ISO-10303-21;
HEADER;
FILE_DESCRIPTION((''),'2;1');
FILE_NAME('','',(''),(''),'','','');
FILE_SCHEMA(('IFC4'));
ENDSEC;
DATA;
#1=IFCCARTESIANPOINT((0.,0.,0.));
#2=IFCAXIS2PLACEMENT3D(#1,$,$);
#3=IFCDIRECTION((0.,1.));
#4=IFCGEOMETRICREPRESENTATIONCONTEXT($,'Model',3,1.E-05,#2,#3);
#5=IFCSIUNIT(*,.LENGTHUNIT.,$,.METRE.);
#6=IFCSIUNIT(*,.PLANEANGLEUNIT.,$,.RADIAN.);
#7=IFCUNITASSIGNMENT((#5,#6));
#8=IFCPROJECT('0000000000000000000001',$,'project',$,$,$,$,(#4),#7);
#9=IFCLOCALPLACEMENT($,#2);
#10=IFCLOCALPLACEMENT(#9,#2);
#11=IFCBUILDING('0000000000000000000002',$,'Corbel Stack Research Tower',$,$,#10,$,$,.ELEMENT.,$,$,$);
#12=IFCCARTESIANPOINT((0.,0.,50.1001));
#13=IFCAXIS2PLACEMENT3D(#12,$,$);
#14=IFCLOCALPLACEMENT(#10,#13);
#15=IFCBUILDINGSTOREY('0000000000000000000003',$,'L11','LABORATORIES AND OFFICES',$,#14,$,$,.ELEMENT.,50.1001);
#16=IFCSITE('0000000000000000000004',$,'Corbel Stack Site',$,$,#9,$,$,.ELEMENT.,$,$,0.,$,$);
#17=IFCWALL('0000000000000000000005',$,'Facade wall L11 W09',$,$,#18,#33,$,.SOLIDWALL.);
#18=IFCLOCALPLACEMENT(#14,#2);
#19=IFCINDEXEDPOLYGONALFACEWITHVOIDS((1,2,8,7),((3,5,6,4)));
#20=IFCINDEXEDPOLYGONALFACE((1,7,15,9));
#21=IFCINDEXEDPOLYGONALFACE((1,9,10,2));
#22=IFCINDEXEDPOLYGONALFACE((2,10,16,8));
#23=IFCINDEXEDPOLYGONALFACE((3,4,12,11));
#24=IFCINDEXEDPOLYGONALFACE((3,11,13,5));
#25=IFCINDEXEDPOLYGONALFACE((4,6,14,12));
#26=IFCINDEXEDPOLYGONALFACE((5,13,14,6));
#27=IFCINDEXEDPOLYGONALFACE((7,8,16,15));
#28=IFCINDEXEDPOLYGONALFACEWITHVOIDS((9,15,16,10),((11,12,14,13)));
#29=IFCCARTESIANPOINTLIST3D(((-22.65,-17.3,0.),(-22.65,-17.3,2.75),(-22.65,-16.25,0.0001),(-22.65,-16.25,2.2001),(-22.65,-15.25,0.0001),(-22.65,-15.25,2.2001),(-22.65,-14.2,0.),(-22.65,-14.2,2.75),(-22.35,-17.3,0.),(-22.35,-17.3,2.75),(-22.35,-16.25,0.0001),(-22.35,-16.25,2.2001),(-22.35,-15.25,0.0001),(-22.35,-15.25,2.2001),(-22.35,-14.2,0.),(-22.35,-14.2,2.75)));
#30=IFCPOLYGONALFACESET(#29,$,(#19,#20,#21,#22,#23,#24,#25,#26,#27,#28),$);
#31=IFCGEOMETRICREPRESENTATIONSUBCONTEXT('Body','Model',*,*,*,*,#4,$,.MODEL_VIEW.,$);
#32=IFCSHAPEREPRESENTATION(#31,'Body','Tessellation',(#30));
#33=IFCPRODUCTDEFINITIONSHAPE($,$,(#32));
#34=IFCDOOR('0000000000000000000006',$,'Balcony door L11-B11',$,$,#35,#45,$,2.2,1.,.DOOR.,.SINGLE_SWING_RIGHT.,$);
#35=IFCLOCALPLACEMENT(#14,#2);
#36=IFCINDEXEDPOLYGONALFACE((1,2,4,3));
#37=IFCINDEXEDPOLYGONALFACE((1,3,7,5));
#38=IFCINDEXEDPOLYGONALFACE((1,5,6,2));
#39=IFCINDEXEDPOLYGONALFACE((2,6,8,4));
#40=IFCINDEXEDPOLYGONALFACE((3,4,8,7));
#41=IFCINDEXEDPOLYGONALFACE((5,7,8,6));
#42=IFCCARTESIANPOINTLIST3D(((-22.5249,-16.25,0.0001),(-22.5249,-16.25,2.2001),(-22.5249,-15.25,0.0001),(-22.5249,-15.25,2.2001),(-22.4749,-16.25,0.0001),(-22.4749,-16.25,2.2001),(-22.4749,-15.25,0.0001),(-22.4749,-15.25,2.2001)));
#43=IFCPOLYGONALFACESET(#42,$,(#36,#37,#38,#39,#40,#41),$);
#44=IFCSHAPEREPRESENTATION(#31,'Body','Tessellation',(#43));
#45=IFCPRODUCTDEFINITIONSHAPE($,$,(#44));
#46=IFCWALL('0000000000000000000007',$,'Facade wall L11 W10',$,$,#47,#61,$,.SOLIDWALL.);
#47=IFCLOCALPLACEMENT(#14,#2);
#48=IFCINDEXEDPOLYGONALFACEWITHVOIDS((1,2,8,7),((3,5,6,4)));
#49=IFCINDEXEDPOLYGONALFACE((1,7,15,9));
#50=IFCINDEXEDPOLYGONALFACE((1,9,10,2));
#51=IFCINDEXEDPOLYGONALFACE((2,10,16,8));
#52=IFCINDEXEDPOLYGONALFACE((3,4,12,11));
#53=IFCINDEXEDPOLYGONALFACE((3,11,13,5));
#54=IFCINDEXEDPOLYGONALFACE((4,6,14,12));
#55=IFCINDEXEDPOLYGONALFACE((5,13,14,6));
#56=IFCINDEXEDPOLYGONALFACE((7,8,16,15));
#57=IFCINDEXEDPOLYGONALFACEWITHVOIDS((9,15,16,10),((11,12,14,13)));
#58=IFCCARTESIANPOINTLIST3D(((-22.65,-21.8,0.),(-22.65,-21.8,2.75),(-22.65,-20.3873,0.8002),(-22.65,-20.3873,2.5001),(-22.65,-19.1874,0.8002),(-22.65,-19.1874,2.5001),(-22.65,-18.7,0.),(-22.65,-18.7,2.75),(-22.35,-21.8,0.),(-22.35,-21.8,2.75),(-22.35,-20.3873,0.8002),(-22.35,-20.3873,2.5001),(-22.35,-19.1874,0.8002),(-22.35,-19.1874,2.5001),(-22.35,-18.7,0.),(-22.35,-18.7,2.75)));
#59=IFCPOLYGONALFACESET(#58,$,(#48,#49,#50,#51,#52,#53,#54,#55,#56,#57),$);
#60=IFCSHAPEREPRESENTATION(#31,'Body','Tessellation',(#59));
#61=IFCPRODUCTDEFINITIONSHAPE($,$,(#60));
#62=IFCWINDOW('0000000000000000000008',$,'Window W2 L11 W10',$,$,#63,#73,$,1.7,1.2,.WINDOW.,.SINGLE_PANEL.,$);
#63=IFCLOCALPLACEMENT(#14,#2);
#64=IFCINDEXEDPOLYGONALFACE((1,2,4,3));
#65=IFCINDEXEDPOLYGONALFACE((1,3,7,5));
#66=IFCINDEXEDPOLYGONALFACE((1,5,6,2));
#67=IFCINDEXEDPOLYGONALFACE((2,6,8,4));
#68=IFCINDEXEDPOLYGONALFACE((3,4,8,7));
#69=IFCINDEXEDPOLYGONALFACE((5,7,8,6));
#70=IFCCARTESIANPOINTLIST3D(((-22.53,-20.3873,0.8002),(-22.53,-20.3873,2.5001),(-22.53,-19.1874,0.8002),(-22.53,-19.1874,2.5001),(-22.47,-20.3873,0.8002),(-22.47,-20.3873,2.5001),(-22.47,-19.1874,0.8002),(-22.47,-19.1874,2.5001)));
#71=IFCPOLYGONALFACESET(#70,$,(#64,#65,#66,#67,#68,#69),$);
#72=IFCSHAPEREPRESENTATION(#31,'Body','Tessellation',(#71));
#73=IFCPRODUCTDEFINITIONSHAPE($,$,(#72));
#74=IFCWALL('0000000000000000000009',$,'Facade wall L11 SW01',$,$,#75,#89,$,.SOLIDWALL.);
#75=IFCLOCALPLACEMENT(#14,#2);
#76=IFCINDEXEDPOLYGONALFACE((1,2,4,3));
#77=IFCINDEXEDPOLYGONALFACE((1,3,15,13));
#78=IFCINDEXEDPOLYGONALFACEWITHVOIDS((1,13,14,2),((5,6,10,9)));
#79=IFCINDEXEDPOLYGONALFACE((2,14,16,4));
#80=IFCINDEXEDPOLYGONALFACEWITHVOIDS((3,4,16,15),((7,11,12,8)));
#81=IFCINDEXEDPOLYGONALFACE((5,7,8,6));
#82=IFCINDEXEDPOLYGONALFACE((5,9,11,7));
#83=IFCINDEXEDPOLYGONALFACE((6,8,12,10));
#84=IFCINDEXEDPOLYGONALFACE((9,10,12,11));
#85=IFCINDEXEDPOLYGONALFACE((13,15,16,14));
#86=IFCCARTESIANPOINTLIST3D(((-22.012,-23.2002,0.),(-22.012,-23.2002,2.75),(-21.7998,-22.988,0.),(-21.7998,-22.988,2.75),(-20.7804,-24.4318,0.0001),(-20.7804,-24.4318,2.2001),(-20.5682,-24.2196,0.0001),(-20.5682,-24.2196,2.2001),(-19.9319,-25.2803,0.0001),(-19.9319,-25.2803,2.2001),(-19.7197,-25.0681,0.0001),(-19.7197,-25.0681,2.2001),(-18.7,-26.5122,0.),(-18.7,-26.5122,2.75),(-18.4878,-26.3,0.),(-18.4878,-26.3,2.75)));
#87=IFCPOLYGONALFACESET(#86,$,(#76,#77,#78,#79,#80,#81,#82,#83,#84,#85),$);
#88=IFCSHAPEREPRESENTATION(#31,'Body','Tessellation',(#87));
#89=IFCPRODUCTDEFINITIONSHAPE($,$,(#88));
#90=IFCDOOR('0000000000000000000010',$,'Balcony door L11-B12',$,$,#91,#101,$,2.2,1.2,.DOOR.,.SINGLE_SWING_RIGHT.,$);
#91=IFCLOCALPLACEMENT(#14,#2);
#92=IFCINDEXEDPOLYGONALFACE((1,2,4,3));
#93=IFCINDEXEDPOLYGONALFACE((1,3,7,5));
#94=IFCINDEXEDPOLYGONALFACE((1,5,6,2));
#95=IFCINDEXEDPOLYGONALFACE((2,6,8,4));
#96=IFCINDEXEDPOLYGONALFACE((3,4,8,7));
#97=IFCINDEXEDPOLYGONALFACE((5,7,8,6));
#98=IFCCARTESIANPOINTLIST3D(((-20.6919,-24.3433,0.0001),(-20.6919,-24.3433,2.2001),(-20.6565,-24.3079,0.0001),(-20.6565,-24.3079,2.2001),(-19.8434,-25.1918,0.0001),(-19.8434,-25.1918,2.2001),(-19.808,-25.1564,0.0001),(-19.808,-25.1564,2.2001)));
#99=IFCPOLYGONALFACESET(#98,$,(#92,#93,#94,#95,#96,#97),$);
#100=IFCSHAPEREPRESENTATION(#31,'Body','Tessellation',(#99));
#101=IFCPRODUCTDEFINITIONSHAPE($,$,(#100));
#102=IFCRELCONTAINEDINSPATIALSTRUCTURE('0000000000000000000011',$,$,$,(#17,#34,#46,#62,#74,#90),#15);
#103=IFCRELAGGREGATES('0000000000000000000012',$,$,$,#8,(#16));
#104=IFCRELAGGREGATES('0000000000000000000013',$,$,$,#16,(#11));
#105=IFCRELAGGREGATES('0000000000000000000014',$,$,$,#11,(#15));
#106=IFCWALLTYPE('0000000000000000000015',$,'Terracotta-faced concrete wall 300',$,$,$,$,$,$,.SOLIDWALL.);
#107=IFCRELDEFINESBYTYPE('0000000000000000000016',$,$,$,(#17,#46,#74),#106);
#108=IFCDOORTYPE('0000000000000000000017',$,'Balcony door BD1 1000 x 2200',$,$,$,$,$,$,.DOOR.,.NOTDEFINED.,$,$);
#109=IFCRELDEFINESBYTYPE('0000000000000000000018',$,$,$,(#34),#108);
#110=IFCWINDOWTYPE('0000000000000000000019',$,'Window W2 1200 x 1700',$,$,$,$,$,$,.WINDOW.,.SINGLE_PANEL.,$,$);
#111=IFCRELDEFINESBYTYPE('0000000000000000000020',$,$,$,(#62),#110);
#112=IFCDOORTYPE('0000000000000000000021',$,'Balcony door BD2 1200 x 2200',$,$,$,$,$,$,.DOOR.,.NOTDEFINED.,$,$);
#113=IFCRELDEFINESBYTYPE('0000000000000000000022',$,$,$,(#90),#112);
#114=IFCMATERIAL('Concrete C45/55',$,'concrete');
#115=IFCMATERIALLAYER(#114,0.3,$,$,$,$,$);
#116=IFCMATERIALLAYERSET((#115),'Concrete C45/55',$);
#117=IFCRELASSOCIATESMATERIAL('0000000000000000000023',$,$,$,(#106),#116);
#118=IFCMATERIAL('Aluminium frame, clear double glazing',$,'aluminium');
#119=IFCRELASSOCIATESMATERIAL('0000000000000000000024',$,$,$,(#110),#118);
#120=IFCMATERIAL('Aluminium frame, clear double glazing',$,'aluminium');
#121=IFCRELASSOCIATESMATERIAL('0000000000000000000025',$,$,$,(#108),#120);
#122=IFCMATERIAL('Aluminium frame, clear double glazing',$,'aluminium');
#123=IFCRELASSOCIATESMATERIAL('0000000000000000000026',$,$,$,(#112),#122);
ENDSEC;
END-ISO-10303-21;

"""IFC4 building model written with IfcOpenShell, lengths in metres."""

from ifc_helpers import new_model, si_unit, direction, frame, frame_2d, origin, place, context, subcontext, project, spatial, rectangle, extrude, material, layer, layer_set, type_object, element, fill, save


model = new_model("IFC4")

# Units and contexts
model_context = context("Model", 3, precision=1e-05, world=origin(), true_north=direction((0.0, 1.0)))
body_context = subcontext(model_context, "Body", "Model", "MODEL_VIEW")
ifc_project = project(units=[si_unit("LENGTHUNIT", "METRE"), si_unit("PLANEANGLEUNIT", "RADIAN")], contexts=[model_context])

# Site, building, storey
site_placement = place(None, origin())
site = spatial("IfcSite", under=ifc_project, at=site_placement, Name="Corbel Stack Site", CompositionType="ELEMENT", RefElevation=0.0)
building_placement = place(site_placement, origin())
building = spatial("IfcBuilding", under=site, at=building_placement, Name="Corbel Stack Research Tower", CompositionType="ELEMENT")
storey_placement = place(building_placement, frame((0.0, 0.0, 50.1001)))
storey = spatial("IfcBuildingStorey", under=building, at=storey_placement, Name="L11", Description="LABORATORIES AND OFFICES", CompositionType="ELEMENT", Elevation=50.1001)

# Shared definitions
ifc_material_1 = material(Name="Concrete C45/55", Category="concrete")
ifc_layer_1 = layer(ifc_material_1, 0.3)
ifc_layer_set_1 = layer_set([ifc_layer_1], Name="Concrete C45/55")
wall_type_1 = type_object("IfcWallType", Name="Terracotta-faced concrete wall 300", PredefinedType="SOLIDWALL", material=ifc_layer_set_1)
ifc_material_2 = material(Name="Aluminium frame, clear double glazing", Category="aluminium")
window_type = type_object("IfcWindowType", Name="Window W2 1200 x 1700", PartitioningType="SINGLE_PANEL", PredefinedType="WINDOW", material=ifc_material_2)

# Wall, opening, door
wall_1_placement = place(storey_placement, frame((-22.5, -17.3, 0.0), z_axis=(0.0, 0.0, 1.0), x_axis=(0.0, 1.0, 0.0)))
wall_1 = element("IfcWall", 1, at=wall_1_placement, inside=storey, type_object=wall_type_1, Name="Facade wall L11 W09", PredefinedType="SOLIDWALL", context=body_context, shape_type="SweptSolid", body=[
    extrude(rectangle(XDim=3.1001, YDim=0.3, at=frame_2d((1.55, 0.0))), origin(), (0.0, 0.0, 1.0), 2.75),
])
opening_1_placement = place(wall_1_placement, frame((1.05, 0.0, 0.0)))
opening_1 = element("IfcOpeningElement", 2, at=opening_1_placement, cuts=wall_1, PredefinedType="OPENING", context=body_context, shape_type="SweptSolid", body=[
    extrude(rectangle(XDim=1.0, YDim=2.2, at=frame_2d((0.5, 1.1001))), frame((0.0, 0.1599, 0.0), z_axis=(0.0, -1.0, 0.0), x_axis=(1.0, 0.0, 0.0)), (0.0, 0.0, 1.0), 0.3201),
])
ifc_material_3 = material(Name="Aluminium frame, clear double glazing", Category="aluminium")
door_type_1 = type_object("IfcDoorType", Name="Balcony door BD1 1000 x 2200", OperationType="NOTDEFINED", PredefinedType="DOOR", material=ifc_material_3)
door_1_placement = place(opening_1_placement, origin())
door_1 = element("IfcDoor", 3, at=door_1_placement, inside=storey, type_object=door_type_1, Name="Balcony door L11-B11", OperationType="SINGLE_SWING_RIGHT", OverallHeight=2.2, OverallWidth=1.0, PredefinedType="DOOR", context=body_context, shape_type="SweptSolid", body=[
    extrude(rectangle(XDim=1.0, YDim=2.2, at=frame_2d((0.5, 1.1001))), frame((0.0, 0.0249, 0.0), z_axis=(0.0, -1.0, 0.0), x_axis=(1.0, 0.0, 0.0)), (0.0, 0.0, 1.0), 0.05),
])
fill(opening_1, door_1)

# Wall, opening, window
wall_2_placement = place(storey_placement, frame((-22.5, -21.8, 0.0), z_axis=(0.0, 0.0, 1.0), x_axis=(0.0, 1.0, 0.0)))
wall_2 = element("IfcWall", 4, at=wall_2_placement, inside=storey, type_object=wall_type_1, Name="Facade wall L11 W10", PredefinedType="SOLIDWALL", context=body_context, shape_type="SweptSolid", body=[
    extrude(rectangle(XDim=3.1001, YDim=0.3, at=frame_2d((1.55, 0.0))), origin(), (0.0, 0.0, 1.0), 2.75),
])
opening_2_placement = place(wall_2_placement, frame((1.4126, 0.0, 0.8)))
opening_2 = element("IfcOpeningElement", 5, at=opening_2_placement, cuts=wall_2, PredefinedType="OPENING", context=body_context, shape_type="SweptSolid", body=[
    extrude(rectangle(XDim=1.2, YDim=1.7, at=frame_2d((0.6001, 0.8501))), frame((0.0, 0.1599, 0.0), z_axis=(0.0, -1.0, 0.0), x_axis=(1.0, 0.0, 0.0)), (0.0, 0.0, 1.0), 0.3201),
])
window_1_placement = place(opening_2_placement, origin())
window_1 = element("IfcWindow", 6, at=window_1_placement, inside=storey, type_object=window_type, Name="Window W2 L11 W10", OverallHeight=1.7, OverallWidth=1.2, PartitioningType="SINGLE_PANEL", PredefinedType="WINDOW", context=body_context, shape_type="SweptSolid", body=[
    extrude(rectangle(XDim=1.2, YDim=1.7, at=frame_2d((0.6001, 0.8501))), frame((0.0, 0.03, 0.0), z_axis=(0.0, -1.0, 0.0), x_axis=(1.0, 0.0, 0.0)), (0.0, 0.0, 1.0), 0.0601),
])
fill(opening_2, window_1)

# Wall, opening, door
wall_3_placement = place(storey_placement, frame((-18.594, -26.406, 0.0), z_axis=(0.0, 0.0, 1.0), x_axis=(-0.707107, 0.707107, 0.0)))
wall_3 = element("IfcWall", 7, at=wall_3_placement, inside=storey, type_object=wall_type_1, Name="Facade wall L11 SW01", PredefinedType="SOLIDWALL", context=body_context, shape_type="SweptSolid", body=[
    extrude(rectangle(XDim=4.6838, YDim=0.3, at=frame_2d((2.3418, 0.0))), origin(), (0.0, 0.0, 1.0), 2.75),
])
opening_3_placement = place(wall_3_placement, frame((1.7419, 0.0, 0.0)))
opening_3 = element("IfcOpeningElement", 8, at=opening_3_placement, cuts=wall_3, PredefinedType="OPENING", context=body_context, shape_type="SweptSolid", body=[
    extrude(rectangle(XDim=1.2, YDim=2.2, at=frame_2d((0.6001, 1.1001))), frame((0.0, 0.1599, 0.0), z_axis=(0.0, -1.0, 0.0), x_axis=(1.0, 0.0, 0.0)), (0.0, 0.0, 1.0), 0.3201),
])
ifc_material_4 = material(Name="Aluminium frame, clear double glazing", Category="aluminium")
door_type_2 = type_object("IfcDoorType", Name="Balcony door BD2 1200 x 2200", OperationType="NOTDEFINED", PredefinedType="DOOR", material=ifc_material_4)
door_2_placement = place(opening_3_placement, origin())
door_2 = element("IfcDoor", 9, at=door_2_placement, inside=storey, type_object=door_type_2, Name="Balcony door L11-B12", OperationType="SINGLE_SWING_RIGHT", OverallHeight=2.2, OverallWidth=1.2, PredefinedType="DOOR", context=body_context, shape_type="SweptSolid", body=[
    extrude(rectangle(XDim=1.2, YDim=2.2, at=frame_2d((0.6001, 1.1001))), frame((0.0, 0.0249, 0.0), z_axis=(0.0, -1.0, 0.0), x_axis=(1.0, 0.0, 0.0)), (0.0, 0.0, 1.0), 0.05),
])
fill(opening_3, door_2)

save(model, "model.ifc")
